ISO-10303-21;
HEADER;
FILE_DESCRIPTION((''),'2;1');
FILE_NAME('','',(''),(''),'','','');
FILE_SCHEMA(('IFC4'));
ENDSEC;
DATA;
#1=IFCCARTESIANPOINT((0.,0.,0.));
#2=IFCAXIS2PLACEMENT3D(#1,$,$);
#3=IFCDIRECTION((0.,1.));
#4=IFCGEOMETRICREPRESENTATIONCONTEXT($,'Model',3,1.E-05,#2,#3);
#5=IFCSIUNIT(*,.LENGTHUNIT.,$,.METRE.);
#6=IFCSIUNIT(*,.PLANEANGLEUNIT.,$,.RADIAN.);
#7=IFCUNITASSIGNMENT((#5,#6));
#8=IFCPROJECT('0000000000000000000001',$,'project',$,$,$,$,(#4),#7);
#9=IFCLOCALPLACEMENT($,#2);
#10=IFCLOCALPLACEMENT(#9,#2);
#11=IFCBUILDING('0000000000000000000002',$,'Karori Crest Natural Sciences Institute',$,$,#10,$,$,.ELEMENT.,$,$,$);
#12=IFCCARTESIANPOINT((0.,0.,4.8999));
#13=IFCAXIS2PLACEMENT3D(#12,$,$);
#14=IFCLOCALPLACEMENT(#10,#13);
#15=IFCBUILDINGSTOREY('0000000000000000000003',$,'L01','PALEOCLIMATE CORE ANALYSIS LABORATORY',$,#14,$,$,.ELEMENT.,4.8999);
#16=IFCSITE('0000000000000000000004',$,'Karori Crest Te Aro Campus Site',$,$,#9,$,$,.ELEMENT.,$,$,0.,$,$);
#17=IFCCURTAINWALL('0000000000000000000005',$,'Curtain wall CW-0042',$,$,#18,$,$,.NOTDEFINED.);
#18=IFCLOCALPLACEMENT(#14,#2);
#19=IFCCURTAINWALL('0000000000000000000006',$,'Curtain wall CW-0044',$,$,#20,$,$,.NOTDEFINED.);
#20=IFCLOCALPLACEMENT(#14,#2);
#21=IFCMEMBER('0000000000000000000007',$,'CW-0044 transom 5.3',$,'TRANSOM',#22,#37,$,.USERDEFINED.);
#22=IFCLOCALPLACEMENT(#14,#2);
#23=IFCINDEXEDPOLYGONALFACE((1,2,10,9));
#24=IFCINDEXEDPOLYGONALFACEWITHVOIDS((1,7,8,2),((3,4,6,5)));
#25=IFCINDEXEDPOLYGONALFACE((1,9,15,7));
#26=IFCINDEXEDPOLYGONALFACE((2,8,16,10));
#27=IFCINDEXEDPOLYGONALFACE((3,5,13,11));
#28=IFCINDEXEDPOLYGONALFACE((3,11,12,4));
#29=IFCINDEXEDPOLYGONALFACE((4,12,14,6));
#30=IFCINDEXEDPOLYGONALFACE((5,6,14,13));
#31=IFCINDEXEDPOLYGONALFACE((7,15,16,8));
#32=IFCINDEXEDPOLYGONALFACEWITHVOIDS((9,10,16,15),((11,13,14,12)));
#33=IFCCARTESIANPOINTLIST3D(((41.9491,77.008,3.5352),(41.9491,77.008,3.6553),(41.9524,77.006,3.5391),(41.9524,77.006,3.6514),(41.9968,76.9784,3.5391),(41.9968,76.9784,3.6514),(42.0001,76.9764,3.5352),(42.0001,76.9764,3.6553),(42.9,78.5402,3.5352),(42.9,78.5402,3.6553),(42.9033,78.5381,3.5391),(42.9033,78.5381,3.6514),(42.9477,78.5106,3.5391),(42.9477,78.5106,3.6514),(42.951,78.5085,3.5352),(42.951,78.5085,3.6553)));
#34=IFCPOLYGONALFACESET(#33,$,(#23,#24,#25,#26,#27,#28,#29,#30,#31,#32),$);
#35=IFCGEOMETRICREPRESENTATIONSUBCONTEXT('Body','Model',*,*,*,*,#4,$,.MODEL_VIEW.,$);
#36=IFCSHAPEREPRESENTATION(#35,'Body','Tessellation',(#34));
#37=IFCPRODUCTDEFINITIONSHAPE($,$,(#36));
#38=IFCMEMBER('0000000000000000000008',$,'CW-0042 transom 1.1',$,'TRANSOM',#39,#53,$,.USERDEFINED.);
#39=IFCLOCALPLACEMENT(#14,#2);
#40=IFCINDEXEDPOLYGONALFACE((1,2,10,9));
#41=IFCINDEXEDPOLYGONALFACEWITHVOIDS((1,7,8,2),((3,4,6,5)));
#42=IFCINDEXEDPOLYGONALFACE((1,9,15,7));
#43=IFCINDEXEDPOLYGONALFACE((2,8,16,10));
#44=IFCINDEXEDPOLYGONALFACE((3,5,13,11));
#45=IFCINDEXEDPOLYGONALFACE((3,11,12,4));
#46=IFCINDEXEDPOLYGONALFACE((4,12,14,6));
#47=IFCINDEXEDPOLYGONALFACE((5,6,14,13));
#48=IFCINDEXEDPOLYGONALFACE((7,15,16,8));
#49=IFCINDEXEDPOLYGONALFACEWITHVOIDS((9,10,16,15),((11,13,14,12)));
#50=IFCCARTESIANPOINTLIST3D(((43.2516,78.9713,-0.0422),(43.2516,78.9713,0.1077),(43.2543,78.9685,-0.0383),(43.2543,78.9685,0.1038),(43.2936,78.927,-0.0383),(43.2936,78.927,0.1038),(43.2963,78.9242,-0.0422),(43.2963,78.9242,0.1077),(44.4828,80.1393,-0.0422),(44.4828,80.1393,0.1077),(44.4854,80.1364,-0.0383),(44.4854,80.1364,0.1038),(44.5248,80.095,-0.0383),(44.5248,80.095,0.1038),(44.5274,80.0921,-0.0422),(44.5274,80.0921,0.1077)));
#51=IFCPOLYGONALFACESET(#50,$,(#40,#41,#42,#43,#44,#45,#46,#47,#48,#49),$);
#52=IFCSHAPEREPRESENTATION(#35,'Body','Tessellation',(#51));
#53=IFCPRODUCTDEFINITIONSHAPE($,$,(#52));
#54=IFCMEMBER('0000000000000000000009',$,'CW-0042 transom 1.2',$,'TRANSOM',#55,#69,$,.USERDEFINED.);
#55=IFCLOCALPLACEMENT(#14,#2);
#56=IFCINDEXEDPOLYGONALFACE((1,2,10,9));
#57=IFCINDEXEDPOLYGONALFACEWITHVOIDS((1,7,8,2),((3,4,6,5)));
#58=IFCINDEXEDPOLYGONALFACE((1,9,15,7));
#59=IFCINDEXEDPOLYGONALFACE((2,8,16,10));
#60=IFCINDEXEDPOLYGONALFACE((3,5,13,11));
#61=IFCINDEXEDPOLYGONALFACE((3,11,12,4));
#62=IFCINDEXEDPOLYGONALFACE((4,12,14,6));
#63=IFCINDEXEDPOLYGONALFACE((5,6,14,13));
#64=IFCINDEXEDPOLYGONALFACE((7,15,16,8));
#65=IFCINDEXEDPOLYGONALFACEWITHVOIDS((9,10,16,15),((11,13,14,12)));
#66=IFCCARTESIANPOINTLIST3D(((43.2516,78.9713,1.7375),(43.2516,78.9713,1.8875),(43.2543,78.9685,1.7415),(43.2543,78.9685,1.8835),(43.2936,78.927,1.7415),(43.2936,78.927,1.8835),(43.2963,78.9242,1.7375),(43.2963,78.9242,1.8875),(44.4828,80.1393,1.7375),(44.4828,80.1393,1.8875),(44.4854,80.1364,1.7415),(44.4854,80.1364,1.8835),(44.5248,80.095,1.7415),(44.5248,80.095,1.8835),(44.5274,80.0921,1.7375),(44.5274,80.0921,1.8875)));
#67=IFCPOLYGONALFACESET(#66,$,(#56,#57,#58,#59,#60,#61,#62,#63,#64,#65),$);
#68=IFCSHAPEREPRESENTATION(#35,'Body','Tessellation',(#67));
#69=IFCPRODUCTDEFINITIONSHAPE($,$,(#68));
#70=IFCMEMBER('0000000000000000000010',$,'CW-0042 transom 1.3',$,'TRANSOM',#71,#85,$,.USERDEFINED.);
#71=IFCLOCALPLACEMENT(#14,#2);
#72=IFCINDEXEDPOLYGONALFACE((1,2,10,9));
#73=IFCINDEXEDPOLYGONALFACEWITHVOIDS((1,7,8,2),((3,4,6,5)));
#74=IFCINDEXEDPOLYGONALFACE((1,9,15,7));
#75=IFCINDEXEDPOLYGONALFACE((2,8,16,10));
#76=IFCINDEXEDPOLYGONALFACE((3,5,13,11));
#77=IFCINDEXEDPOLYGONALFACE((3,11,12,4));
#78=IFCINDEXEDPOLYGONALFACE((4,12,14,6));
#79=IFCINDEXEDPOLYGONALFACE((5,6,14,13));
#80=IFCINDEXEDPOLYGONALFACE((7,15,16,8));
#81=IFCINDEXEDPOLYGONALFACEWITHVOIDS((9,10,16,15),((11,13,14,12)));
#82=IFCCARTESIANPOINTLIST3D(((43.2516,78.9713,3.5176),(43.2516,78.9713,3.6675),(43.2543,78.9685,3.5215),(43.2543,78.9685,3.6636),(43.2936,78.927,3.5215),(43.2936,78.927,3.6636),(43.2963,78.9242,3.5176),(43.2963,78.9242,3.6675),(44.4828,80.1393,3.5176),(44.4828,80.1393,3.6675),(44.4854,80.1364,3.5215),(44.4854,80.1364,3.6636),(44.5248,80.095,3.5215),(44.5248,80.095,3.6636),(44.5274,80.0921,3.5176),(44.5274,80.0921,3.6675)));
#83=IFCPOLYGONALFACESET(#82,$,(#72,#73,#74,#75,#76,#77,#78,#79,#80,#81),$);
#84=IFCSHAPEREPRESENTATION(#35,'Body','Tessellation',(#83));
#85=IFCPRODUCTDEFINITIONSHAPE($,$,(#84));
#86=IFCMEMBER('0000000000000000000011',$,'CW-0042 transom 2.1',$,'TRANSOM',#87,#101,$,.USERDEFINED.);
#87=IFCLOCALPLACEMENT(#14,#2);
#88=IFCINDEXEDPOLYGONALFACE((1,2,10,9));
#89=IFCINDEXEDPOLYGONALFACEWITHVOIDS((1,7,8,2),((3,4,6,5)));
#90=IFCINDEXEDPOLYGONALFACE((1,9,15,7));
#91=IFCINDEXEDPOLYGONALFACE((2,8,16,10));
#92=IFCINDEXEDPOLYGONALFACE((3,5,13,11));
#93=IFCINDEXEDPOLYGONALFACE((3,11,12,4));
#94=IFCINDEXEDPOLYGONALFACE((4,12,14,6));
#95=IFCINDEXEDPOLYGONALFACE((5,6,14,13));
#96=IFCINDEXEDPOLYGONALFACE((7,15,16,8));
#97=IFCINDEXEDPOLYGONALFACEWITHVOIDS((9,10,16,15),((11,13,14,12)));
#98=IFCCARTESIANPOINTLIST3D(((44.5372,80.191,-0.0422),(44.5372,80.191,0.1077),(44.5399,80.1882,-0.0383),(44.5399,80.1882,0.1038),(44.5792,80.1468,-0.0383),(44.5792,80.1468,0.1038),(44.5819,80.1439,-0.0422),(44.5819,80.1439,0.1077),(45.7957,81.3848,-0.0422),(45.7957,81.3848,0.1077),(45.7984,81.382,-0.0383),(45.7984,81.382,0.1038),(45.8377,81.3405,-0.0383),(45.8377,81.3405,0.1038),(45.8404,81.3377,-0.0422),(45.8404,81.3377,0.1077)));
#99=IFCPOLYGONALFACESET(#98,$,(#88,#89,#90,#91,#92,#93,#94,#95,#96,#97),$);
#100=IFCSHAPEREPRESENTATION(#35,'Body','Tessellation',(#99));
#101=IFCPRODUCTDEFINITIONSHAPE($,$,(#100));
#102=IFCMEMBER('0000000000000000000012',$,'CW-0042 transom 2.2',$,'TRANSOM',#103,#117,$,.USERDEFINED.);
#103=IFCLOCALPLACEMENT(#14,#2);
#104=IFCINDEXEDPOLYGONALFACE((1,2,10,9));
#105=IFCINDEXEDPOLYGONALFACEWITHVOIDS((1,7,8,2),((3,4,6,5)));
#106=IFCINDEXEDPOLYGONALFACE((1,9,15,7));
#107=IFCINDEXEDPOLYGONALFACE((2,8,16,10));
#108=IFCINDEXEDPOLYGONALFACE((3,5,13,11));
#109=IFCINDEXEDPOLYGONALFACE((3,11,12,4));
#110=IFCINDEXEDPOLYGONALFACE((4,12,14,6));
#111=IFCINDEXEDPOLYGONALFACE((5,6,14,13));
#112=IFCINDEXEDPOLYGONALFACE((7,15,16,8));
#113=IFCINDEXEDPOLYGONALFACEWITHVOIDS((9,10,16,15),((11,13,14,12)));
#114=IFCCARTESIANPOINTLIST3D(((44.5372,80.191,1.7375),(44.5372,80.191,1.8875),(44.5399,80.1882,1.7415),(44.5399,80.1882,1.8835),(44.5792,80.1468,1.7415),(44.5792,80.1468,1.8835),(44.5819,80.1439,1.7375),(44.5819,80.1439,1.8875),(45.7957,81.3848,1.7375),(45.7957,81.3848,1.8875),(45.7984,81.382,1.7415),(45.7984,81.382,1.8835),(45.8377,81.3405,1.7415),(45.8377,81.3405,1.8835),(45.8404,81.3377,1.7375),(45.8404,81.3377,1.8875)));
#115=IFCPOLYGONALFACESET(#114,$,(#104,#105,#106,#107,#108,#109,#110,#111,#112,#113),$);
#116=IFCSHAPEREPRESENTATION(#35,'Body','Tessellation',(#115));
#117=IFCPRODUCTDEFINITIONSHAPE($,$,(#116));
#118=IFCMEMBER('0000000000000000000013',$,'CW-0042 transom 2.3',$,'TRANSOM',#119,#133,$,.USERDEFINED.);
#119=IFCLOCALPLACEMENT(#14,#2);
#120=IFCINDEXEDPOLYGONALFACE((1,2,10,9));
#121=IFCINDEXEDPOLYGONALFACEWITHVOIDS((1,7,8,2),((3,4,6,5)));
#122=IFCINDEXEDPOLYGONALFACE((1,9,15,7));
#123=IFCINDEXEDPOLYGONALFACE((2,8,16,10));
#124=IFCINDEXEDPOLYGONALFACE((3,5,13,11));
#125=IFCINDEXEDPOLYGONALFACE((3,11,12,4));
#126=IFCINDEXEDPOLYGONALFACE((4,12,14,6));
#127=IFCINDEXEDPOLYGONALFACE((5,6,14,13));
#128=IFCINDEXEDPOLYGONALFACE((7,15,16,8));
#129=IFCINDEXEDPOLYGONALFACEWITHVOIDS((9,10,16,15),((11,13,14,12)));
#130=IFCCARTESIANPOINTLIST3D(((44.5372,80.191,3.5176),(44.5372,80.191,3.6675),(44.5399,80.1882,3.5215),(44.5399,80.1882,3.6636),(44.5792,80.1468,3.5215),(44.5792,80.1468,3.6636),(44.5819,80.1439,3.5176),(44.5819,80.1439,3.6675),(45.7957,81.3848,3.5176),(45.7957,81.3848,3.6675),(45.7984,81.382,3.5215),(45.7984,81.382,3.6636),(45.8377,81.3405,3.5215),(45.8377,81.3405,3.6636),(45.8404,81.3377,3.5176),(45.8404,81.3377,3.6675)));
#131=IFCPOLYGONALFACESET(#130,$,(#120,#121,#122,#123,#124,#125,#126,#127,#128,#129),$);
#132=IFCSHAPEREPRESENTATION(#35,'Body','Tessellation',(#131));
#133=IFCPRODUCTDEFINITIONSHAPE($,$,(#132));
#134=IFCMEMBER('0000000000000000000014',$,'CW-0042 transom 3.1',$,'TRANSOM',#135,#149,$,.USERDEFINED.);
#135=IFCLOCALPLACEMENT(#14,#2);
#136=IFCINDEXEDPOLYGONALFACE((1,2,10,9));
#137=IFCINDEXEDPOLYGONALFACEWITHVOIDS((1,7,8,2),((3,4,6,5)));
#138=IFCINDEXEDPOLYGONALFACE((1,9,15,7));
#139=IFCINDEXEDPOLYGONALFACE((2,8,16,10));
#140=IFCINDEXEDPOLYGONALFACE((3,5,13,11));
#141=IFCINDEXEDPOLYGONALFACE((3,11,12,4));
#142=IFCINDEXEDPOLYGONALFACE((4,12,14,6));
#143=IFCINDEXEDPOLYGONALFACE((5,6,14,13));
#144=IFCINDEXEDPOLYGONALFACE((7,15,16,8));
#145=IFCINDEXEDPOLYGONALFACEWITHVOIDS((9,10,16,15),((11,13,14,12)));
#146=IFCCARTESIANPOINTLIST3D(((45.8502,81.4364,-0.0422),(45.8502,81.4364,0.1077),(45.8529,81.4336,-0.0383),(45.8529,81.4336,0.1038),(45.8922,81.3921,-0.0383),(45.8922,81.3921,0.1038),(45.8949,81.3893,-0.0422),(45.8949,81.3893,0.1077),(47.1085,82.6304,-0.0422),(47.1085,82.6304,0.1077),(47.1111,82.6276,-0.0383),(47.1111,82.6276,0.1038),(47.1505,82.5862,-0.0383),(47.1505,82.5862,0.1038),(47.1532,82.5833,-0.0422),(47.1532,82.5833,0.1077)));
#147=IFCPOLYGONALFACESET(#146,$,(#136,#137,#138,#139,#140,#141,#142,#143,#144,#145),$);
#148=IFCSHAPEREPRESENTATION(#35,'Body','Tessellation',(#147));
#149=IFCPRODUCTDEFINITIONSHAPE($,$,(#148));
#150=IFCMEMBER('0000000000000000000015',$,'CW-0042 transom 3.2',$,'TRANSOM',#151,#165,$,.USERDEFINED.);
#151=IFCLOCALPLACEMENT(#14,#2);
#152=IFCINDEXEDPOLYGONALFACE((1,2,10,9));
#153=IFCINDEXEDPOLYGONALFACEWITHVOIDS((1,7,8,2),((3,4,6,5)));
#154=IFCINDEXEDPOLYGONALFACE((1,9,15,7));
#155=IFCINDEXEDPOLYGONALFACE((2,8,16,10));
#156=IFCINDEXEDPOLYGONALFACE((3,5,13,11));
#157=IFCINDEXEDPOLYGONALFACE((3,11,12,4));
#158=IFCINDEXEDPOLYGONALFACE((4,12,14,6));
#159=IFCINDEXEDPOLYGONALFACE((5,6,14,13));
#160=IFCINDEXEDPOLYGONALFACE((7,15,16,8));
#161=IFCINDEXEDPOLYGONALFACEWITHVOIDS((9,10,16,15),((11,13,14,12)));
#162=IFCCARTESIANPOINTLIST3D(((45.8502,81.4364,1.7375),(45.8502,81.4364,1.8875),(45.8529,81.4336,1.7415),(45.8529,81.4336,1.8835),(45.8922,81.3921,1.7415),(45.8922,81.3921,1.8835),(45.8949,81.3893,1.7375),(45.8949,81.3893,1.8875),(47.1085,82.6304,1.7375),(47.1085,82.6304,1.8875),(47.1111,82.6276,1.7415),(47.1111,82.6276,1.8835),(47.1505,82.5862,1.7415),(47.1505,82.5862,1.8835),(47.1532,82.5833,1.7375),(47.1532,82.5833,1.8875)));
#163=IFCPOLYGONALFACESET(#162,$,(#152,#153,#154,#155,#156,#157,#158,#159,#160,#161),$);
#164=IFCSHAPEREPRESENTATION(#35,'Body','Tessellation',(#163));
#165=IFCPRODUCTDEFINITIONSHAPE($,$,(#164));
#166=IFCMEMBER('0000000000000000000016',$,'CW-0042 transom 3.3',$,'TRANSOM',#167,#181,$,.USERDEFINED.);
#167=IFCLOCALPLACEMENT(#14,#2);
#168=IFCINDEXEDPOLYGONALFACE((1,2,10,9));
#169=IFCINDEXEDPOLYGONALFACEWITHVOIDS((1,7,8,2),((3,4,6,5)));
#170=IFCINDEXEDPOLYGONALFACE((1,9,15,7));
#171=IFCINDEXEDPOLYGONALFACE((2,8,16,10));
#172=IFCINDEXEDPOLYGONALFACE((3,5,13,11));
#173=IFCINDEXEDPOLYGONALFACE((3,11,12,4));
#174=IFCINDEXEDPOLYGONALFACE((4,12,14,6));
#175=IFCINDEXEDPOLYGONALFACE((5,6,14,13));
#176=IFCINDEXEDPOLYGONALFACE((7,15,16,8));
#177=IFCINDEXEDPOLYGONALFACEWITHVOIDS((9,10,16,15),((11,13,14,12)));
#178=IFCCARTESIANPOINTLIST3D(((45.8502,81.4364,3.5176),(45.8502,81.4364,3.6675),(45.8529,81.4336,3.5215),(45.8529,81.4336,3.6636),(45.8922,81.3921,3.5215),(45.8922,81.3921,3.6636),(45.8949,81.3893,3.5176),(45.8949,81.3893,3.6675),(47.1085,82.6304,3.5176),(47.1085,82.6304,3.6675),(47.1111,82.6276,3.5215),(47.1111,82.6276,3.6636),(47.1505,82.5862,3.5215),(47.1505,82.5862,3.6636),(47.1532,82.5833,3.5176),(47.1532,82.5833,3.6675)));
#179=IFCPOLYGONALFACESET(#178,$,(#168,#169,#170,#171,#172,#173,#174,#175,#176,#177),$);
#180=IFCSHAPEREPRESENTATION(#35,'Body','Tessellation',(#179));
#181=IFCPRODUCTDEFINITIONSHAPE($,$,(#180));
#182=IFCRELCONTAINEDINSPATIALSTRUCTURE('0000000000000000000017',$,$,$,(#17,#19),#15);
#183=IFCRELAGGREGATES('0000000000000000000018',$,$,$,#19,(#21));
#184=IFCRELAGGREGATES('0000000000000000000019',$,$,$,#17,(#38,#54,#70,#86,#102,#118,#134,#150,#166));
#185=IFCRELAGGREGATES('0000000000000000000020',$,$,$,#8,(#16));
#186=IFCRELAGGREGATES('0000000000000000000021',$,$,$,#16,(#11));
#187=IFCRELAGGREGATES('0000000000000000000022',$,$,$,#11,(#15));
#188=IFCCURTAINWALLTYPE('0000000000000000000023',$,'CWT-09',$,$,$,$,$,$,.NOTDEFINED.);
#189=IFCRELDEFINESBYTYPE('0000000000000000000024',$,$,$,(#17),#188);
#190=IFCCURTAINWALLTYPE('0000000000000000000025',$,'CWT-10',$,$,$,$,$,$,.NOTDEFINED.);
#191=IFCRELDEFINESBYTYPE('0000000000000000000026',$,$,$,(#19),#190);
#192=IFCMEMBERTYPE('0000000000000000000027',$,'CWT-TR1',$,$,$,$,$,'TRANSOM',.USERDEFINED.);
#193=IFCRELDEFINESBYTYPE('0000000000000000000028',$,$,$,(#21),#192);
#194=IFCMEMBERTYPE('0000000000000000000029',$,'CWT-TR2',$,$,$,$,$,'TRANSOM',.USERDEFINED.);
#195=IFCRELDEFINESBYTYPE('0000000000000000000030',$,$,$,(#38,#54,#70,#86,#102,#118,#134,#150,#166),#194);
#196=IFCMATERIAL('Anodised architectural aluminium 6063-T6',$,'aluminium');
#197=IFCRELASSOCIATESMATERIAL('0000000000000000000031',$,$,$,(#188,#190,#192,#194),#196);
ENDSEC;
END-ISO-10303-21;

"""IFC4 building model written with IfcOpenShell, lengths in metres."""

from ifc_helpers import new_model, si_unit, direction, frame, origin, origin_2d, place, context, subcontext, project, spatial, hollow_rectangle, extrude, material, material_profile, profile_set, type_object, element, aggregate, save


model = new_model("IFC4")

# Units and contexts
model_context = context("Model", 3, precision=1e-05, world=origin(), true_north=direction((0.0, 1.0)))
body_context = subcontext(model_context, "Body", "Model", "MODEL_VIEW")
ifc_project = project(units=[si_unit("LENGTHUNIT", "METRE"), si_unit("PLANEANGLEUNIT", "RADIAN")], contexts=[model_context])

# Site, building, storey
site_placement = place(None, origin())
site = spatial("IfcSite", under=ifc_project, at=site_placement, Name="Karori Crest Te Aro Campus Site", CompositionType="ELEMENT", RefElevation=0.0)
building_placement = place(site_placement, origin())
building = spatial("IfcBuilding", under=site, at=building_placement, Name="Karori Crest Natural Sciences Institute", CompositionType="ELEMENT")
storey_placement = place(building_placement, frame((0.0, 0.0, 4.8999)))
storey = spatial("IfcBuildingStorey", under=building, at=storey_placement, Name="L01", Description="PALEOCLIMATE CORE ANALYSIS LABORATORY", CompositionType="ELEMENT", Elevation=4.8999)

# Curtain walls, member
ifc_material_1 = material(Name="Anodised architectural aluminium 6063-T6", Category="aluminium")
curtain_wall_type_1 = type_object("IfcCurtainWallType", Name="CWT-09", PredefinedType="NOTDEFINED", material=ifc_material_1)
curtain_wall_1_placement = place(storey_placement, origin())
curtain_wall_1 = element("IfcCurtainWall", 1, at=curtain_wall_1_placement, inside=storey, type_object=curtain_wall_type_1, Name="Curtain wall CW-0042", PredefinedType="NOTDEFINED")
curtain_wall_type_2 = type_object("IfcCurtainWallType", Name="CWT-10", PredefinedType="NOTDEFINED", material=ifc_material_1)
curtain_wall_2_placement = place(storey_placement, origin())
curtain_wall_2 = element("IfcCurtainWall", 2, at=curtain_wall_2_placement, inside=storey, type_object=curtain_wall_type_2, Name="Curtain wall CW-0044", PredefinedType="NOTDEFINED")
ifc_material_profile_1 = material_profile(ifc_material_1, hollow_rectangle(XDim=0.0601, YDim=0.1201, WallThickness=0.0039, at=origin_2d()), Name="CWT120x60x4")
ifc_profile_set_1 = profile_set([ifc_material_profile_1], Name="Anodised architectural aluminium 6063-T6")
member_type_1 = type_object("IfcMemberType", Name="CWT-TR1", ElementType="TRANSOM", PredefinedType="USERDEFINED", material=ifc_profile_set_1)
member_1_placement = place(storey_placement, frame((41.9746, 76.9922, 3.5952), z_axis=(0.527319, 0.849667, 0.0), x_axis=(-0.849667, 0.527319, 0.0)))
member_1 = element("IfcMember", 3, at=member_1_placement, type_object=member_type_1, Name="CW-0044 transom 5.3", ObjectType="TRANSOM", PredefinedType="USERDEFINED", context=body_context, shape_type="SweptSolid", body=[
    extrude(hollow_rectangle(XDim=0.0601, YDim=0.1201, WallThickness=0.0039, at=origin_2d()), origin(), (0.0, 0.0, 1.0), 1.8032),
])

# Members
ifc_material_profile_2 = material_profile(ifc_material_1, hollow_rectangle(XDim=0.0649, YDim=0.1499, WallThickness=0.0039, at=origin_2d()), Name="CWT150x65x4")
ifc_profile_set_2 = profile_set([ifc_material_profile_2], Name="Anodised architectural aluminium 6063-T6")
member_type_2 = type_object("IfcMemberType", Name="CWT-TR2", ElementType="TRANSOM", PredefinedType="USERDEFINED", material=ifc_profile_set_2)
member_2_placement = place(storey_placement, frame((43.2739, 78.9478, 0.0327), z_axis=(0.725491, 0.688231, 0.0), x_axis=(-0.688231, 0.725491, 0.0)))
member_2 = element("IfcMember", 4, at=member_2_placement, type_object=member_type_2, Name="CW-0042 transom 1.1", ObjectType="TRANSOM", PredefinedType="USERDEFINED", context=body_context, shape_type="SweptSolid", body=[
    extrude(hollow_rectangle(XDim=0.0649, YDim=0.1499, WallThickness=0.0039, at=origin_2d()), origin(), (0.0, 0.0, 1.0), 1.697),
])
member_3_placement = place(storey_placement, frame((43.2739, 78.9478, 1.8125), z_axis=(0.725491, 0.688231, 0.0), x_axis=(-0.688231, 0.725491, 0.0)))
member_3 = element("IfcMember", 5, at=member_3_placement, type_object=member_type_2, Name="CW-0042 transom 1.2", ObjectType="TRANSOM", PredefinedType="USERDEFINED", context=body_context, shape_type="SweptSolid", body=[
    extrude(hollow_rectangle(XDim=0.0649, YDim=0.1499, WallThickness=0.0039, at=origin_2d()), origin(), (0.0, 0.0, 1.0), 1.697),
])
member_4_placement = place(storey_placement, frame((43.2739, 78.9478, 3.5925), z_axis=(0.725491, 0.688231, 0.0), x_axis=(-0.688231, 0.725491, 0.0)))
member_4 = element("IfcMember", 6, at=member_4_placement, type_object=member_type_2, Name="CW-0042 transom 1.3", ObjectType="TRANSOM", PredefinedType="USERDEFINED", context=body_context, shape_type="SweptSolid", body=[
    extrude(hollow_rectangle(XDim=0.0649, YDim=0.1499, WallThickness=0.0039, at=origin_2d()), origin(), (0.0, 0.0, 1.0), 1.697),
])
member_5_placement = place(storey_placement, frame((44.5596, 80.1675, 0.0327), z_axis=(0.725509, 0.688213, 0.0), x_axis=(-0.688213, 0.725509, 0.0)))
member_5 = element("IfcMember", 7, at=member_5_placement, type_object=member_type_2, Name="CW-0042 transom 2.1", ObjectType="TRANSOM", PredefinedType="USERDEFINED", context=body_context, shape_type="SweptSolid", body=[
    extrude(hollow_rectangle(XDim=0.0649, YDim=0.1499, WallThickness=0.0039, at=origin_2d()), origin(), (0.0, 0.0, 1.0), 1.7346),
])
member_6_placement = place(storey_placement, frame((44.5596, 80.1675, 1.8125), z_axis=(0.725509, 0.688213, 0.0), x_axis=(-0.688213, 0.725509, 0.0)))
member_6 = element("IfcMember", 8, at=member_6_placement, type_object=member_type_2, Name="CW-0042 transom 2.2", ObjectType="TRANSOM", PredefinedType="USERDEFINED", context=body_context, shape_type="SweptSolid", body=[
    extrude(hollow_rectangle(XDim=0.0649, YDim=0.1499, WallThickness=0.0039, at=origin_2d()), origin(), (0.0, 0.0, 1.0), 1.7346),
])
member_7_placement = place(storey_placement, frame((44.5596, 80.1675, 3.5925), z_axis=(0.725509, 0.688213, 0.0), x_axis=(-0.688213, 0.725509, 0.0)))
member_7 = element("IfcMember", 9, at=member_7_placement, type_object=member_type_2, Name="CW-0042 transom 2.3", ObjectType="TRANSOM", PredefinedType="USERDEFINED", context=body_context, shape_type="SweptSolid", body=[
    extrude(hollow_rectangle(XDim=0.0649, YDim=0.1499, WallThickness=0.0039, at=origin_2d()), origin(), (0.0, 0.0, 1.0), 1.7346),
])
member_8_placement = place(storey_placement, frame((45.8726, 81.4128, 0.0327), z_axis=(0.725372, 0.688357, 0.0), x_axis=(-0.688357, 0.725372, 0.0)))
member_8 = element("IfcMember", 10, at=member_8_placement, type_object=member_type_2, Name="CW-0042 transom 3.1", ObjectType="TRANSOM", PredefinedType="USERDEFINED", context=body_context, shape_type="SweptSolid", body=[
    extrude(hollow_rectangle(XDim=0.0649, YDim=0.1499, WallThickness=0.0039, at=origin_2d()), origin(), (0.0, 0.0, 1.0), 1.7346),
])
member_9_placement = place(storey_placement, frame((45.8726, 81.4128, 1.8125), z_axis=(0.725372, 0.688357, 0.0), x_axis=(-0.688357, 0.725372, 0.0)))
member_9 = element("IfcMember", 11, at=member_9_placement, type_object=member_type_2, Name="CW-0042 transom 3.2", ObjectType="TRANSOM", PredefinedType="USERDEFINED", context=body_context, shape_type="SweptSolid", body=[
    extrude(hollow_rectangle(XDim=0.0649, YDim=0.1499, WallThickness=0.0039, at=origin_2d()), origin(), (0.0, 0.0, 1.0), 1.7346),
])
member_10_placement = place(storey_placement, frame((45.8726, 81.4128, 3.5925), z_axis=(0.725372, 0.688357, 0.0), x_axis=(-0.688357, 0.725372, 0.0)))
member_10 = element("IfcMember", 12, at=member_10_placement, type_object=member_type_2, Name="CW-0042 transom 3.3", ObjectType="TRANSOM", PredefinedType="USERDEFINED", context=body_context, shape_type="SweptSolid", body=[
    extrude(hollow_rectangle(XDim=0.0649, YDim=0.1499, WallThickness=0.0039, at=origin_2d()), origin(), (0.0, 0.0, 1.0), 1.7346),
])

aggregate(curtain_wall_2, [member_1])
aggregate(curtain_wall_1, [member_2, member_3, member_4, member_5, member_6, member_7, member_8, member_9, member_10])

save(model, "model.ifc")
